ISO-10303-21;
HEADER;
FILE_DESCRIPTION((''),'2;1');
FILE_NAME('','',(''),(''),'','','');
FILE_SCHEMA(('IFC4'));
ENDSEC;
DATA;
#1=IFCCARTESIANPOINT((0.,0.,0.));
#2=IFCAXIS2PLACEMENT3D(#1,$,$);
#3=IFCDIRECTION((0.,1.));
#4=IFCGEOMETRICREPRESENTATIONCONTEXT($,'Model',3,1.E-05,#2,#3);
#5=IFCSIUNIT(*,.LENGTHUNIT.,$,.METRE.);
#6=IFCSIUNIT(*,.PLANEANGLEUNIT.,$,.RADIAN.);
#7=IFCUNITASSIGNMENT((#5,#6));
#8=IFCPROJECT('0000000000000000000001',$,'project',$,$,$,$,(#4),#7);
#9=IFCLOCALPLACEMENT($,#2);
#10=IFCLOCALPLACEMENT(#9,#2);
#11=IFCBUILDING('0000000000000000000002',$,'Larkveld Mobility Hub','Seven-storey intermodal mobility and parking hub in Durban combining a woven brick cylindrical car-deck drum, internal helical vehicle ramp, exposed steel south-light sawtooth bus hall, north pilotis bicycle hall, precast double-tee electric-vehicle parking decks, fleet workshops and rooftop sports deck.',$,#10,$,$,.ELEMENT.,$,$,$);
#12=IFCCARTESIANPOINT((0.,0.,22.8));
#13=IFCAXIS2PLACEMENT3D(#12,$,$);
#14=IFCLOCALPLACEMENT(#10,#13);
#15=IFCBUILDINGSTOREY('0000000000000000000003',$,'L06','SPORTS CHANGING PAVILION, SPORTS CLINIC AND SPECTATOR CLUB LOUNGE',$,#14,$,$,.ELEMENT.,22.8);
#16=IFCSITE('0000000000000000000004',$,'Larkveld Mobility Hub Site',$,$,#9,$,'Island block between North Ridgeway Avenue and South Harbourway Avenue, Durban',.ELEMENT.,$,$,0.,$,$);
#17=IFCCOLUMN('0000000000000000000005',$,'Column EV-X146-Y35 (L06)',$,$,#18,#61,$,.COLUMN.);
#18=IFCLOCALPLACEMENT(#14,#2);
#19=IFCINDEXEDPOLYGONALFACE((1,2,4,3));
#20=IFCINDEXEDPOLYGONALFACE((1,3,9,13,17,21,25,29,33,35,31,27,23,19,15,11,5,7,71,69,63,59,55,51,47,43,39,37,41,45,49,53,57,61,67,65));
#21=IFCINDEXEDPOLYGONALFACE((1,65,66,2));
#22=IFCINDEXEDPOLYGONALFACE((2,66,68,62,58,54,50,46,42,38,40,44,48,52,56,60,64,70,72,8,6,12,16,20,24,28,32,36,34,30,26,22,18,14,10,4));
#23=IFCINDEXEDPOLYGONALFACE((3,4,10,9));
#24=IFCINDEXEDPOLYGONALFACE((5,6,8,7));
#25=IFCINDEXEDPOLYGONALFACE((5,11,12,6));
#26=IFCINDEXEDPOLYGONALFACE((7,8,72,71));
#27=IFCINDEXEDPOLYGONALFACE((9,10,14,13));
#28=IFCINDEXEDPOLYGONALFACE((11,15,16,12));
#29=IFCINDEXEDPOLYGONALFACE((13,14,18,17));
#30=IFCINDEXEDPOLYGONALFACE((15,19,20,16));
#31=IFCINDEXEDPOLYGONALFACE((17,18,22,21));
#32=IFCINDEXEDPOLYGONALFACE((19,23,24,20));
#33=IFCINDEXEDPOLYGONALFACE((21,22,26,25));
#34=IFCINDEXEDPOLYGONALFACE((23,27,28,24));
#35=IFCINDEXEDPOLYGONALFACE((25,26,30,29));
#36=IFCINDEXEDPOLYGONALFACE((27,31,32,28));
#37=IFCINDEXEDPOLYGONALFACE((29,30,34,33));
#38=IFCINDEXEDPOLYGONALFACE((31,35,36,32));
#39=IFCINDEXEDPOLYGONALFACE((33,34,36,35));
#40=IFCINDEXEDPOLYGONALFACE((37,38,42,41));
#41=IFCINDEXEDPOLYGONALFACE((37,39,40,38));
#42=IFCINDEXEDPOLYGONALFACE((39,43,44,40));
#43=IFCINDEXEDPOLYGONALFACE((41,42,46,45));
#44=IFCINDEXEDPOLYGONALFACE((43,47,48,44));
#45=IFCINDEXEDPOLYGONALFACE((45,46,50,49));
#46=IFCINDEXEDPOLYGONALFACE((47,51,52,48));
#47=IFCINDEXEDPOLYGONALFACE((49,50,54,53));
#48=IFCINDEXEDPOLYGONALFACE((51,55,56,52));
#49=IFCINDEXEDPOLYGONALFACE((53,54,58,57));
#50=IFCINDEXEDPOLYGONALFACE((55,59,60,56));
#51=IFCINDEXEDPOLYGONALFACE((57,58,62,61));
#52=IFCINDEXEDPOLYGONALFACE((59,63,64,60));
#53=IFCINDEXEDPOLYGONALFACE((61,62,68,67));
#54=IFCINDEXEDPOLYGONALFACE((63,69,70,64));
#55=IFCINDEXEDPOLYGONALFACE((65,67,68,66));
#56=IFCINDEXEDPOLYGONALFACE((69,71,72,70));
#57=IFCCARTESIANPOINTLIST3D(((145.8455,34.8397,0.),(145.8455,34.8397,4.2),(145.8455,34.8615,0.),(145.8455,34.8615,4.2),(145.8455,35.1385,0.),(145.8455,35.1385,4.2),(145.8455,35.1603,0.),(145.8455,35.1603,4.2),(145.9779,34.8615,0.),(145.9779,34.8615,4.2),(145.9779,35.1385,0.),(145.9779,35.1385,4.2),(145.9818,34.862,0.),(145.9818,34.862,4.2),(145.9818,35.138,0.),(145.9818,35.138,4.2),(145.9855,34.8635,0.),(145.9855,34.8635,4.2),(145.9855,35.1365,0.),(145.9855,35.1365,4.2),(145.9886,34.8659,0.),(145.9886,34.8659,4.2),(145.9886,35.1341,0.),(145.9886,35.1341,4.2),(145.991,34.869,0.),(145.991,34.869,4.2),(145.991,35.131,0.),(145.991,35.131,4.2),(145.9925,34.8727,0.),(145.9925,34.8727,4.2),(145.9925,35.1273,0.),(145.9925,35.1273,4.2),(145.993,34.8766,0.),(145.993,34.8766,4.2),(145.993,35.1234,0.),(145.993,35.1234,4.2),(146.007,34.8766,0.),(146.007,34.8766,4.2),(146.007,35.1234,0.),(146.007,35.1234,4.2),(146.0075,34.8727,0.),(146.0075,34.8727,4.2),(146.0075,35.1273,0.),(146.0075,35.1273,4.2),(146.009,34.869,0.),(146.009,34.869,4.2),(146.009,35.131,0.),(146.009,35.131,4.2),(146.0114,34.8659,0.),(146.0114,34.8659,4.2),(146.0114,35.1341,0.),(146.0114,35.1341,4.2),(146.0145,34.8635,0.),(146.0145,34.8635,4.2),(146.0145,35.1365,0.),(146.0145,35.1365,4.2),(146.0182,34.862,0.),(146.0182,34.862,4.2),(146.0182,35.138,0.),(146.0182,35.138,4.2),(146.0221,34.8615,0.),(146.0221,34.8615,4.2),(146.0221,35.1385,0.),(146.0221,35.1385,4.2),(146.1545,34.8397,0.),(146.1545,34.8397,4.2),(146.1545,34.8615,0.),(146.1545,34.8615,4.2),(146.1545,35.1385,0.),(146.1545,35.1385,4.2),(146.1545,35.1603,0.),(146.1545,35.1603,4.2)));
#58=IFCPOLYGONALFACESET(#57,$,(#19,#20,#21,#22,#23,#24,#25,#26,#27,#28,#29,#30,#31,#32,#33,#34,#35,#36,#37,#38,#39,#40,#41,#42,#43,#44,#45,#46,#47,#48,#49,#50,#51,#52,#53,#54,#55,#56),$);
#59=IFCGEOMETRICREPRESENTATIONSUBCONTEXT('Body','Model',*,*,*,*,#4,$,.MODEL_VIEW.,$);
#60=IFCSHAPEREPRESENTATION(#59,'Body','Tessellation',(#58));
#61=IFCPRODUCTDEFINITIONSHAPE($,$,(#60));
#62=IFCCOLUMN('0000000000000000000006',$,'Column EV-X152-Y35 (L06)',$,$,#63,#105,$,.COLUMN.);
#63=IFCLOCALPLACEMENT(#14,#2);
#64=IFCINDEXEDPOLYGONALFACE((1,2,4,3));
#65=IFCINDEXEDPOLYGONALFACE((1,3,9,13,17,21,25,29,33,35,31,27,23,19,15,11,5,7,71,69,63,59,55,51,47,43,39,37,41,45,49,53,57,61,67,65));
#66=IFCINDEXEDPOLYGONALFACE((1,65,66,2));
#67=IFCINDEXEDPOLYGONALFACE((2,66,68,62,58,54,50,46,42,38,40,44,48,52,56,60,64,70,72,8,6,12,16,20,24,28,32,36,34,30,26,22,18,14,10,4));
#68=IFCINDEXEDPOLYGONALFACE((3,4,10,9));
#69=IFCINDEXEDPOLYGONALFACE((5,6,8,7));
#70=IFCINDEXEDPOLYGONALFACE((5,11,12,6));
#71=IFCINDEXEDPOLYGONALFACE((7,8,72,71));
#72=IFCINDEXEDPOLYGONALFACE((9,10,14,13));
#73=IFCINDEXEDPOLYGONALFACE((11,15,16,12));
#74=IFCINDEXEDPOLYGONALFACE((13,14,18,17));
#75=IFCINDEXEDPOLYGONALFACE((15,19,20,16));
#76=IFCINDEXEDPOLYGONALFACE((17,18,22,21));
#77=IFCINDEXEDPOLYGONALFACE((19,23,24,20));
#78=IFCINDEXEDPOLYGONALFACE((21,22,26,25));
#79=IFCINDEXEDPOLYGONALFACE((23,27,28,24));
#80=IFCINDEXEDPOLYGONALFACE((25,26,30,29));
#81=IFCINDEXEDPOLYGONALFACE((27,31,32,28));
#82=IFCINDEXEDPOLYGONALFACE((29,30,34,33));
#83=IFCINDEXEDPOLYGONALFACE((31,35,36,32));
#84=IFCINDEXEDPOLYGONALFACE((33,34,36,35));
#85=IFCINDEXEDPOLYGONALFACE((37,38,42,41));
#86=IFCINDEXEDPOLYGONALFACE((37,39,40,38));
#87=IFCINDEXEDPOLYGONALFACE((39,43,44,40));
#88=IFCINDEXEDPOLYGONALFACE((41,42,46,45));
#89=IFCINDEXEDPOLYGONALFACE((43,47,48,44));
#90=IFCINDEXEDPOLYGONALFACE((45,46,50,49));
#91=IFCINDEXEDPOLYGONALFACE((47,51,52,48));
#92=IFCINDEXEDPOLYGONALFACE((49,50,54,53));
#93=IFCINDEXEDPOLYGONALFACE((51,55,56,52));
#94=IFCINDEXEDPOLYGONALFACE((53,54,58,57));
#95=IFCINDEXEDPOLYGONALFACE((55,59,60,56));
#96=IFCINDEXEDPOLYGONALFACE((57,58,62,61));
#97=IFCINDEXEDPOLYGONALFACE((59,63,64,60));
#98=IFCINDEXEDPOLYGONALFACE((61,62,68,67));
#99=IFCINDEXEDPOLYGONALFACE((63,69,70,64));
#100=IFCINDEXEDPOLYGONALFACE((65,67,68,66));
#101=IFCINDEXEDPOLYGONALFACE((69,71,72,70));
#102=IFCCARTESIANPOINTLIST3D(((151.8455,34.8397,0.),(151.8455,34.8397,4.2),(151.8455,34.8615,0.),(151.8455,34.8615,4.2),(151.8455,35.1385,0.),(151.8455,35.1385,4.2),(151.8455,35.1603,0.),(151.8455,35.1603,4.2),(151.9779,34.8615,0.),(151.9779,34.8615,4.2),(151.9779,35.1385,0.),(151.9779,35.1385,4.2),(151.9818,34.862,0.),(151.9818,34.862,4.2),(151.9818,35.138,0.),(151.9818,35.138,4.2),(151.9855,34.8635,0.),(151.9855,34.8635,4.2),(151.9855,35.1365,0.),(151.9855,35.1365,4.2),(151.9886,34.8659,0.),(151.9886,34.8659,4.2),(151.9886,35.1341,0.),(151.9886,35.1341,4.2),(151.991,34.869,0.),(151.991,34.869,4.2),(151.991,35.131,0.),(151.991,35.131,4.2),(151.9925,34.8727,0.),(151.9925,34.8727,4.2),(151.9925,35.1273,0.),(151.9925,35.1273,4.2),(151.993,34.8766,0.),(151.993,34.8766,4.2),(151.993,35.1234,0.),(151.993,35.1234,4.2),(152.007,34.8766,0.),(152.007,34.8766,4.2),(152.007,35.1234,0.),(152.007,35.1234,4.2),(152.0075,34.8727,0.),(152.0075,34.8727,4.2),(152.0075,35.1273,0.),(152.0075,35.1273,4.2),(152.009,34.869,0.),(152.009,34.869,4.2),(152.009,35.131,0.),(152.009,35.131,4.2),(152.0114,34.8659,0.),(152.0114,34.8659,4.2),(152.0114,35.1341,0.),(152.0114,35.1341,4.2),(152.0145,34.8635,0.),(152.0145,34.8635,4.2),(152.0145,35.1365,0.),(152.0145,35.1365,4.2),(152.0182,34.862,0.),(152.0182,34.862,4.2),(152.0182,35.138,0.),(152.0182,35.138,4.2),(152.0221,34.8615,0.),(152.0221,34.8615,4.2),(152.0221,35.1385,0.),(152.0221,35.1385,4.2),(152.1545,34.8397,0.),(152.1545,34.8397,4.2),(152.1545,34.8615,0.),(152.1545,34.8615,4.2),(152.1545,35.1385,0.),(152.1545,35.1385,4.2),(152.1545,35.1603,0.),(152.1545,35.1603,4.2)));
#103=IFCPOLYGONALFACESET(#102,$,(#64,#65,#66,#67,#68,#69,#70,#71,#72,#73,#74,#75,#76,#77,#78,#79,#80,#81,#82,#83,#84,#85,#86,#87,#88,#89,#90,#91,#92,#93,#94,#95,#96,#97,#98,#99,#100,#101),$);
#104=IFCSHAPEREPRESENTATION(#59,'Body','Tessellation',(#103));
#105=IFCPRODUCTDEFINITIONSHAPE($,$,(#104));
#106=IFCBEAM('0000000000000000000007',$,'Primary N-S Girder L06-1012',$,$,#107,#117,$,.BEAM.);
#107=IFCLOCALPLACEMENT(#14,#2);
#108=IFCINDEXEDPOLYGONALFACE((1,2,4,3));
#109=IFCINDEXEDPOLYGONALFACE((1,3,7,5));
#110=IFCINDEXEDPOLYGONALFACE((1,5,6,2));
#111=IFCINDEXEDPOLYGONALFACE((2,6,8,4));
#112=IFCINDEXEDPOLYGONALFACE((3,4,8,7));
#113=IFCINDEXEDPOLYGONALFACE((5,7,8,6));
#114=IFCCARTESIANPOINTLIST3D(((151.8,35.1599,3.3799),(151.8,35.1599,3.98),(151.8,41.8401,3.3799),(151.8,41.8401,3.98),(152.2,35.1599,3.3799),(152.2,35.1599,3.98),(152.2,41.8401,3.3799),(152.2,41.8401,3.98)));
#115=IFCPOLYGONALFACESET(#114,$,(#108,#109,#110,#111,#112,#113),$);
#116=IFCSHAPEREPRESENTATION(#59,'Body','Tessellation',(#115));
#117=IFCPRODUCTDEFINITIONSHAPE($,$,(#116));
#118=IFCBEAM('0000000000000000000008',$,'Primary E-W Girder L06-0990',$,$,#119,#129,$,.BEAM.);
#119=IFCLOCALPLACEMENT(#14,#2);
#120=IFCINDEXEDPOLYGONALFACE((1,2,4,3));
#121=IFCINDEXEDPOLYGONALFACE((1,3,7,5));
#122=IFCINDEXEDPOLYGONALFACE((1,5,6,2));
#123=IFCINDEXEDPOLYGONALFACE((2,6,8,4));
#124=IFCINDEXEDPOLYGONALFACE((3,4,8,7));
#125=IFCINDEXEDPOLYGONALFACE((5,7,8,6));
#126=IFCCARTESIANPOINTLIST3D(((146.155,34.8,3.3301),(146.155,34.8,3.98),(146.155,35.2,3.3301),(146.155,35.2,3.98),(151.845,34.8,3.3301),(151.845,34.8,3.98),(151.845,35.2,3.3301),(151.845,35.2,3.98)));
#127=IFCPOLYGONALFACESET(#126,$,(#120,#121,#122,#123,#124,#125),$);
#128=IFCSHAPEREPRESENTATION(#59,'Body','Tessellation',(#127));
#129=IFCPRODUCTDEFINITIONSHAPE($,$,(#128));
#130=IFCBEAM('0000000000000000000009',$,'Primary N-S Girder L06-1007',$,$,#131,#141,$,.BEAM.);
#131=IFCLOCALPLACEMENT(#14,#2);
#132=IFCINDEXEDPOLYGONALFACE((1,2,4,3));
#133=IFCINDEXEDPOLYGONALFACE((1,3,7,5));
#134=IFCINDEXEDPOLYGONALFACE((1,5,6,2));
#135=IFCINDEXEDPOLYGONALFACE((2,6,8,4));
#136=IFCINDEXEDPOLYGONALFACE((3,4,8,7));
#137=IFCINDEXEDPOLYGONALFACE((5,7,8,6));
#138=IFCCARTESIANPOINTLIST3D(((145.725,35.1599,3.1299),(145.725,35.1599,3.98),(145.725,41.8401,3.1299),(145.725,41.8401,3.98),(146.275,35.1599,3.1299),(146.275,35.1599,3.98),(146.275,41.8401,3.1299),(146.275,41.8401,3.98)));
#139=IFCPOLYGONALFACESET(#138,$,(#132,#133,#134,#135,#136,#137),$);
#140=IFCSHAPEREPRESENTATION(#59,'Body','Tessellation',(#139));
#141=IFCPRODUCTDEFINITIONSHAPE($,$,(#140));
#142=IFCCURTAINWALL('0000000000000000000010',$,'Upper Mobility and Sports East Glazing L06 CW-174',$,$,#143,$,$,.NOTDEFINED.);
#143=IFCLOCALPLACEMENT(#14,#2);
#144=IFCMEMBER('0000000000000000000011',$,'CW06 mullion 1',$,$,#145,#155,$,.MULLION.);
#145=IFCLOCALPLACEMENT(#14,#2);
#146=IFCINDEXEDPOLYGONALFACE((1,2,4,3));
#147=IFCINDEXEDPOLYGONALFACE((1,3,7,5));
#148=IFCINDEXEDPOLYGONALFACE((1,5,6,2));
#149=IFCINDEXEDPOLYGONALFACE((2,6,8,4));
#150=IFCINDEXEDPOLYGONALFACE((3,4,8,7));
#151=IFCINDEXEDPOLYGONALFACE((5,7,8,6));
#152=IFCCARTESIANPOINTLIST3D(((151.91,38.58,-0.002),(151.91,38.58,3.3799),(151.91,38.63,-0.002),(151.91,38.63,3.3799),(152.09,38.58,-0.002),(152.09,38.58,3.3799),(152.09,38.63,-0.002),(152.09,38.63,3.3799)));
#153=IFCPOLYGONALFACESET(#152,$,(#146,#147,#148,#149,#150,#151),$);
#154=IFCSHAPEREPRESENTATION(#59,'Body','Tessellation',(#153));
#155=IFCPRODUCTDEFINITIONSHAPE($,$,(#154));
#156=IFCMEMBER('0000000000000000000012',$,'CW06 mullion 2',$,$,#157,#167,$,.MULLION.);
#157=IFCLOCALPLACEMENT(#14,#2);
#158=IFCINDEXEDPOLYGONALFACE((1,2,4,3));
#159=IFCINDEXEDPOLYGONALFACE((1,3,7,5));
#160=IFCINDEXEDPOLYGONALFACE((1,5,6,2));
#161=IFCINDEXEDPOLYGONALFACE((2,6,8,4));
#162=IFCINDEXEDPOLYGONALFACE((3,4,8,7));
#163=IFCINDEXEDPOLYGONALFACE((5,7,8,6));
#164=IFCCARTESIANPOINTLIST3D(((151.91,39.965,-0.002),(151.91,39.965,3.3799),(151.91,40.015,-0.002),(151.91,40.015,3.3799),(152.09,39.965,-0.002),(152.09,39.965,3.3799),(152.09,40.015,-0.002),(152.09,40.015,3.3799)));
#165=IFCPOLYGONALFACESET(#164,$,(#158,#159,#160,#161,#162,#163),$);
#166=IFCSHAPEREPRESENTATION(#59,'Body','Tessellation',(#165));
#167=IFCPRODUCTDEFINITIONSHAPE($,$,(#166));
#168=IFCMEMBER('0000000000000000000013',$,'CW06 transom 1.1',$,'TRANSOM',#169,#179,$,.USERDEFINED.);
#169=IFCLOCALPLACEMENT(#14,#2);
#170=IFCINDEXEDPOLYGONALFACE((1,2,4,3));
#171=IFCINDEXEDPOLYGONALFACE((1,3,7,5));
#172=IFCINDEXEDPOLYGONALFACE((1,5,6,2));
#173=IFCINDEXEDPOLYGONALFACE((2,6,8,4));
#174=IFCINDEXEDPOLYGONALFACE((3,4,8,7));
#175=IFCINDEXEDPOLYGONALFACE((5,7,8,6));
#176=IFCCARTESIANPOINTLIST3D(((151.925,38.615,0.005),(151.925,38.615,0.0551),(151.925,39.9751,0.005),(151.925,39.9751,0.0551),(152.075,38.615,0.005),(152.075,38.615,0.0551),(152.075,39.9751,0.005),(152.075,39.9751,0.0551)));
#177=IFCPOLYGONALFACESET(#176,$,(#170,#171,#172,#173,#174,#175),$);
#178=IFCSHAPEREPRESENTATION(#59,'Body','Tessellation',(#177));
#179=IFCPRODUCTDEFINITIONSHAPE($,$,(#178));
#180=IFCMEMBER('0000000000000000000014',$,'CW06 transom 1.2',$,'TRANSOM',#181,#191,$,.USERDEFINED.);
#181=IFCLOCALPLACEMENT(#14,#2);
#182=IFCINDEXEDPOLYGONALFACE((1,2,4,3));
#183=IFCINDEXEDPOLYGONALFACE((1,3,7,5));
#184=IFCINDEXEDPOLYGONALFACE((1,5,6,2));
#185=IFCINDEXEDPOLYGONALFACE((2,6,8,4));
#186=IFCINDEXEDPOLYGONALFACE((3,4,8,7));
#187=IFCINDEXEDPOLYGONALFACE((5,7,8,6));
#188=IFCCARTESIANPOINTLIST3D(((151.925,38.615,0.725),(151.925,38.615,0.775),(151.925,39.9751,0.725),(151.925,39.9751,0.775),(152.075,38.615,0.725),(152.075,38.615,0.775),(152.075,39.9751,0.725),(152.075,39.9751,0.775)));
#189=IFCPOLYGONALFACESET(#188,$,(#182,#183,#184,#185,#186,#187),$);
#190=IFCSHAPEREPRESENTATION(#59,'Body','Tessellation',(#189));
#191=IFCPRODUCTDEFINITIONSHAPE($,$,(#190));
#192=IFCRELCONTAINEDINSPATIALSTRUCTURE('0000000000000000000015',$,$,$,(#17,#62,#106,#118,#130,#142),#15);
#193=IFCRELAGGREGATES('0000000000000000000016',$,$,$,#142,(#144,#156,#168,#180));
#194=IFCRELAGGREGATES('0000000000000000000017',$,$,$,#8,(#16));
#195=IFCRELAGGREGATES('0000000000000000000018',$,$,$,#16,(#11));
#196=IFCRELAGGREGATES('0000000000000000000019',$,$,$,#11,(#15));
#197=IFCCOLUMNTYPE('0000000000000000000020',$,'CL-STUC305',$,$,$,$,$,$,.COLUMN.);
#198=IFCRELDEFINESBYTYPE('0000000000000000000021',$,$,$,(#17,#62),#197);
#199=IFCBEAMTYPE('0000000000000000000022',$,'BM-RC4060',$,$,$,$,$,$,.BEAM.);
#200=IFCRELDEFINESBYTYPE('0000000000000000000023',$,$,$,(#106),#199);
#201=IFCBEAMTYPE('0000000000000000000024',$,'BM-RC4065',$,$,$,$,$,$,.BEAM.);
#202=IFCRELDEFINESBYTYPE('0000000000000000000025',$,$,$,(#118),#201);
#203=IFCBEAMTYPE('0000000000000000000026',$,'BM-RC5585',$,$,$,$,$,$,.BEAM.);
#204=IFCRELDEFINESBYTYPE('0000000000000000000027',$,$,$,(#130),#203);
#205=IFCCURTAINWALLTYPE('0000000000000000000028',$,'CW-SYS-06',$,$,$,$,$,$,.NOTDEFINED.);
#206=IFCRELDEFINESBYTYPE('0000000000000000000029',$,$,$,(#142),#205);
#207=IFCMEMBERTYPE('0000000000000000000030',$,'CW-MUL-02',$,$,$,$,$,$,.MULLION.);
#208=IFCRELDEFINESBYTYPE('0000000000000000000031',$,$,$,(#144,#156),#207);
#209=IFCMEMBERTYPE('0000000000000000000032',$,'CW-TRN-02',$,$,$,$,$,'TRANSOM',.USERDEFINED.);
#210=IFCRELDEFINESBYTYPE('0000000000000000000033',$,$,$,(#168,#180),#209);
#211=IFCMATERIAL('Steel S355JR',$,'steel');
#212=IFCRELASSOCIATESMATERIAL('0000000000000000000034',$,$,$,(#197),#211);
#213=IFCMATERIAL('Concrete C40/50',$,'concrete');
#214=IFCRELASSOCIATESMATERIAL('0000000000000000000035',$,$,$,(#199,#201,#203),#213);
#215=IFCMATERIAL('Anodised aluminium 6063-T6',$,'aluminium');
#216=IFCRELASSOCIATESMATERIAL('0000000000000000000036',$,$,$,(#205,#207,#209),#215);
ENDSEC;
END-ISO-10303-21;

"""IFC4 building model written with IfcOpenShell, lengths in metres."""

from ifc_helpers import new_model, si_unit, direction, frame, origin, origin_2d, place, context, subcontext, project, spatial, rectangle, i_section, extrude, material, material_profile, profile_set, type_object, element, aggregate, save


model = new_model("IFC4")

# Units and contexts
model_context = context("Model", 3, precision=1e-05, world=origin(), true_north=direction((0.0, 1.0)))
body_context = subcontext(model_context, "Body", "Model", "MODEL_VIEW")
ifc_project = project(units=[si_unit("LENGTHUNIT", "METRE"), si_unit("PLANEANGLEUNIT", "RADIAN")], contexts=[model_context])

# Site, building, storey
site_placement = place(None, origin())
site = spatial("IfcSite", under=ifc_project, at=site_placement, Name="Larkveld Mobility Hub Site", LongName="Island block between North Ridgeway Avenue and South Harbourway Avenue, Durban", CompositionType="ELEMENT", RefElevation=0.0)
building_placement = place(site_placement, origin())
building = spatial("IfcBuilding", under=site, at=building_placement, Name="Larkveld Mobility Hub", Description="Seven-storey intermodal mobility and parking hub in Durban combining a woven brick cylindrical car-deck drum, internal helical vehicle ramp, exposed steel south-light sawtooth bus hall, north pilotis bicycle hall, precast double-tee electric-vehicle parking decks, fleet workshops and rooftop sports deck.", CompositionType="ELEMENT")
storey_placement = place(building_placement, frame((0.0, 0.0, 22.8)))
storey = spatial("IfcBuildingStorey", under=building, at=storey_placement, Name="L06", Description="SPORTS CHANGING PAVILION, SPORTS CLINIC AND SPECTATOR CLUB LOUNGE", CompositionType="ELEMENT", Elevation=22.8)

# Columns
ifc_material_1 = material(Name="Steel S355JR", Category="steel")
ifc_material_profile_1 = material_profile(ifc_material_1, i_section(OverallWidth=0.3091, OverallDepth=0.3206, WebThickness=0.0139, FlangeThickness=0.0217, FilletRadius=0.0151, at=origin_2d()), Name="UC 305x305x137")
ifc_profile_set_1 = profile_set([ifc_material_profile_1], Name="Steel S355JR")
column_type = type_object("IfcColumnType", Name="CL-STUC305", PredefinedType="COLUMN", material=ifc_profile_set_1)
for number, where, z_axis, x_axis, name in (
    (1, (146.0, 35.0, 0.0), (0.0, 0.0, 1.0), (1.0, 0.0, 0.0), "Column EV-X146-Y35 (L06)"),
    (2, (152.0, 35.0, 0.0), (0.0, 0.0, 1.0), (1.0, 0.0, 0.0), "Column EV-X152-Y35 (L06)"),
):
    element("IfcColumn", number, at=place(storey_placement, frame(where, z_axis=z_axis, x_axis=x_axis)), inside=storey, type_object=column_type, Name=name, PredefinedType="COLUMN", context=body_context, shape_type="SweptSolid", body=[
        extrude(i_section(OverallWidth=0.3091, OverallDepth=0.3206, WebThickness=0.0139, FlangeThickness=0.0217, FilletRadius=0.0151, at=origin_2d()), origin(), (0.0, 0.0, 1.0), 4.2),
    ])

# Beams
ifc_material_2 = material(Name="Concrete C40/50", Category="concrete")
ifc_material_profile_2 = material_profile(ifc_material_2, rectangle(XDim=0.3999, YDim=0.6001, at=origin_2d()), Name="RC BM 400x600")
ifc_profile_set_2 = profile_set([ifc_material_profile_2], Name="Concrete C40/50")
beam_type_1 = type_object("IfcBeamType", Name="BM-RC4060", PredefinedType="BEAM", material=ifc_profile_set_2)
beam_1_placement = place(storey_placement, frame((152.0, 35.1599, 3.6799), z_axis=(0.0, 1.0, 0.0), x_axis=(-1.0, 0.0, 0.0)))
element("IfcBeam", 3, at=beam_1_placement, inside=storey, type_object=beam_type_1, Name="Primary N-S Girder L06-1012", PredefinedType="BEAM", context=body_context, shape_type="SweptSolid", body=[
    extrude(rectangle(XDim=0.3999, YDim=0.6001, at=origin_2d()), origin(), (0.0, 0.0, 1.0), 6.6802),
])
ifc_material_profile_3 = material_profile(ifc_material_2, rectangle(XDim=0.3999, YDim=0.6499, at=origin_2d()), Name="RC BM 400x650")
ifc_profile_set_3 = profile_set([ifc_material_profile_3], Name="Concrete C40/50")
beam_type_2 = type_object("IfcBeamType", Name="BM-RC4065", PredefinedType="BEAM", material=ifc_profile_set_3)
beam_2_placement = place(storey_placement, frame((146.155, 35.0, 3.655), z_axis=(1.0, 0.0, 0.0), x_axis=(0.0, 1.0, 0.0)))
element("IfcBeam", 4, at=beam_2_placement, inside=storey, type_object=beam_type_2, Name="Primary E-W Girder L06-0990", PredefinedType="BEAM", context=body_context, shape_type="SweptSolid", body=[
    extrude(rectangle(XDim=0.3999, YDim=0.6499, at=origin_2d()), origin(), (0.0, 0.0, 1.0), 5.6899),
])
ifc_material_profile_4 = material_profile(ifc_material_2, rectangle(XDim=0.55, YDim=0.8501, at=origin_2d()), Name="RC BM 550x850")
ifc_profile_set_4 = profile_set([ifc_material_profile_4], Name="Concrete C40/50")
beam_type_3 = type_object("IfcBeamType", Name="BM-RC5585", PredefinedType="BEAM", material=ifc_profile_set_4)
beam_3_placement = place(storey_placement, frame((146.0, 35.1599, 3.5549), z_axis=(0.0, 1.0, 0.0), x_axis=(-1.0, 0.0, 0.0)))
element("IfcBeam", 5, at=beam_3_placement, inside=storey, type_object=beam_type_3, Name="Primary N-S Girder L06-1007", PredefinedType="BEAM", context=body_context, shape_type="SweptSolid", body=[
    extrude(rectangle(XDim=0.55, YDim=0.8501, at=origin_2d()), origin(), (0.0, 0.0, 1.0), 6.6802),
])

# Curtain wall, members
ifc_material_3 = material(Name="Anodised aluminium 6063-T6", Category="aluminium")
curtain_wall_type = type_object("IfcCurtainWallType", Name="CW-SYS-06", PredefinedType="NOTDEFINED", material=ifc_material_3)
curtain_wall_placement = place(storey_placement, origin())
curtain_wall = element("IfcCurtainWall", 6, at=curtain_wall_placement, inside=storey, type_object=curtain_wall_type, Name="Upper Mobility and Sports East Glazing L06 CW-174", PredefinedType="NOTDEFINED")
ifc_material_profile_5 = material_profile(ifc_material_3, rectangle(XDim=0.05, YDim=0.1799, at=origin_2d()), Name="ALU MULL 50x180")
ifc_profile_set_5 = profile_set([ifc_material_profile_5], Name="Anodised aluminium 6063-T6")
member_type_1 = type_object("IfcMemberType", Name="CW-MUL-02", PredefinedType="MULLION", material=ifc_profile_set_5)
member_1_placement = place(storey_placement, frame((152.0, 38.605, -0.002), z_axis=(0.0, 0.0, 1.0), x_axis=(0.0, 1.0, 0.0)))
member_1 = element("IfcMember", 7, at=member_1_placement, type_object=member_type_1, Name="CW06 mullion 1", PredefinedType="MULLION", context=body_context, shape_type="SweptSolid", body=[
    extrude(rectangle(XDim=0.05, YDim=0.1799, at=origin_2d()), origin(), (0.0, 0.0, 1.0), 3.3818),
])
member_2_placement = place(storey_placement, frame((152.0, 39.99, -0.002), z_axis=(0.0, 0.0, 1.0), x_axis=(0.0, 1.0, 0.0)))
member_2 = element("IfcMember", 8, at=member_2_placement, type_object=member_type_1, Name="CW06 mullion 2", PredefinedType="MULLION", context=body_context, shape_type="SweptSolid", body=[
    extrude(rectangle(XDim=0.05, YDim=0.1799, at=origin_2d()), origin(), (0.0, 0.0, 1.0), 3.3818),
])
ifc_material_profile_6 = material_profile(ifc_material_3, rectangle(XDim=0.1499, YDim=0.05, at=origin_2d()), Name="ALU TRAN 50x150")
ifc_profile_set_6 = profile_set([ifc_material_profile_6], Name="Anodised aluminium 6063-T6")
member_type_2 = type_object("IfcMemberType", Name="CW-TRN-02", ElementType="TRANSOM", PredefinedType="USERDEFINED", material=ifc_profile_set_6)
member_3_placement = place(storey_placement, frame((152.0, 38.615, 0.03), z_axis=(0.0, 1.0, 0.0), x_axis=(-1.0, 0.0, 0.0)))
member_3 = element("IfcMember", 9, at=member_3_placement, type_object=member_type_2, Name="CW06 transom 1.1", ObjectType="TRANSOM", PredefinedType="USERDEFINED", context=body_context, shape_type="SweptSolid", body=[
    extrude(rectangle(XDim=0.1499, YDim=0.05, at=origin_2d()), origin(), (0.0, 0.0, 1.0), 1.3601),
])
member_4_placement = place(storey_placement, frame((152.0, 38.615, 0.75), z_axis=(0.0, 1.0, 0.0), x_axis=(-1.0, 0.0, 0.0)))
member_4 = element("IfcMember", 10, at=member_4_placement, type_object=member_type_2, Name="CW06 transom 1.2", ObjectType="TRANSOM", PredefinedType="USERDEFINED", context=body_context, shape_type="SweptSolid", body=[
    extrude(rectangle(XDim=0.1499, YDim=0.05, at=origin_2d()), origin(), (0.0, 0.0, 1.0), 1.3601),
])
aggregate(curtain_wall, [member_1, member_2, member_3, member_4])

save(model, "model.ifc")
